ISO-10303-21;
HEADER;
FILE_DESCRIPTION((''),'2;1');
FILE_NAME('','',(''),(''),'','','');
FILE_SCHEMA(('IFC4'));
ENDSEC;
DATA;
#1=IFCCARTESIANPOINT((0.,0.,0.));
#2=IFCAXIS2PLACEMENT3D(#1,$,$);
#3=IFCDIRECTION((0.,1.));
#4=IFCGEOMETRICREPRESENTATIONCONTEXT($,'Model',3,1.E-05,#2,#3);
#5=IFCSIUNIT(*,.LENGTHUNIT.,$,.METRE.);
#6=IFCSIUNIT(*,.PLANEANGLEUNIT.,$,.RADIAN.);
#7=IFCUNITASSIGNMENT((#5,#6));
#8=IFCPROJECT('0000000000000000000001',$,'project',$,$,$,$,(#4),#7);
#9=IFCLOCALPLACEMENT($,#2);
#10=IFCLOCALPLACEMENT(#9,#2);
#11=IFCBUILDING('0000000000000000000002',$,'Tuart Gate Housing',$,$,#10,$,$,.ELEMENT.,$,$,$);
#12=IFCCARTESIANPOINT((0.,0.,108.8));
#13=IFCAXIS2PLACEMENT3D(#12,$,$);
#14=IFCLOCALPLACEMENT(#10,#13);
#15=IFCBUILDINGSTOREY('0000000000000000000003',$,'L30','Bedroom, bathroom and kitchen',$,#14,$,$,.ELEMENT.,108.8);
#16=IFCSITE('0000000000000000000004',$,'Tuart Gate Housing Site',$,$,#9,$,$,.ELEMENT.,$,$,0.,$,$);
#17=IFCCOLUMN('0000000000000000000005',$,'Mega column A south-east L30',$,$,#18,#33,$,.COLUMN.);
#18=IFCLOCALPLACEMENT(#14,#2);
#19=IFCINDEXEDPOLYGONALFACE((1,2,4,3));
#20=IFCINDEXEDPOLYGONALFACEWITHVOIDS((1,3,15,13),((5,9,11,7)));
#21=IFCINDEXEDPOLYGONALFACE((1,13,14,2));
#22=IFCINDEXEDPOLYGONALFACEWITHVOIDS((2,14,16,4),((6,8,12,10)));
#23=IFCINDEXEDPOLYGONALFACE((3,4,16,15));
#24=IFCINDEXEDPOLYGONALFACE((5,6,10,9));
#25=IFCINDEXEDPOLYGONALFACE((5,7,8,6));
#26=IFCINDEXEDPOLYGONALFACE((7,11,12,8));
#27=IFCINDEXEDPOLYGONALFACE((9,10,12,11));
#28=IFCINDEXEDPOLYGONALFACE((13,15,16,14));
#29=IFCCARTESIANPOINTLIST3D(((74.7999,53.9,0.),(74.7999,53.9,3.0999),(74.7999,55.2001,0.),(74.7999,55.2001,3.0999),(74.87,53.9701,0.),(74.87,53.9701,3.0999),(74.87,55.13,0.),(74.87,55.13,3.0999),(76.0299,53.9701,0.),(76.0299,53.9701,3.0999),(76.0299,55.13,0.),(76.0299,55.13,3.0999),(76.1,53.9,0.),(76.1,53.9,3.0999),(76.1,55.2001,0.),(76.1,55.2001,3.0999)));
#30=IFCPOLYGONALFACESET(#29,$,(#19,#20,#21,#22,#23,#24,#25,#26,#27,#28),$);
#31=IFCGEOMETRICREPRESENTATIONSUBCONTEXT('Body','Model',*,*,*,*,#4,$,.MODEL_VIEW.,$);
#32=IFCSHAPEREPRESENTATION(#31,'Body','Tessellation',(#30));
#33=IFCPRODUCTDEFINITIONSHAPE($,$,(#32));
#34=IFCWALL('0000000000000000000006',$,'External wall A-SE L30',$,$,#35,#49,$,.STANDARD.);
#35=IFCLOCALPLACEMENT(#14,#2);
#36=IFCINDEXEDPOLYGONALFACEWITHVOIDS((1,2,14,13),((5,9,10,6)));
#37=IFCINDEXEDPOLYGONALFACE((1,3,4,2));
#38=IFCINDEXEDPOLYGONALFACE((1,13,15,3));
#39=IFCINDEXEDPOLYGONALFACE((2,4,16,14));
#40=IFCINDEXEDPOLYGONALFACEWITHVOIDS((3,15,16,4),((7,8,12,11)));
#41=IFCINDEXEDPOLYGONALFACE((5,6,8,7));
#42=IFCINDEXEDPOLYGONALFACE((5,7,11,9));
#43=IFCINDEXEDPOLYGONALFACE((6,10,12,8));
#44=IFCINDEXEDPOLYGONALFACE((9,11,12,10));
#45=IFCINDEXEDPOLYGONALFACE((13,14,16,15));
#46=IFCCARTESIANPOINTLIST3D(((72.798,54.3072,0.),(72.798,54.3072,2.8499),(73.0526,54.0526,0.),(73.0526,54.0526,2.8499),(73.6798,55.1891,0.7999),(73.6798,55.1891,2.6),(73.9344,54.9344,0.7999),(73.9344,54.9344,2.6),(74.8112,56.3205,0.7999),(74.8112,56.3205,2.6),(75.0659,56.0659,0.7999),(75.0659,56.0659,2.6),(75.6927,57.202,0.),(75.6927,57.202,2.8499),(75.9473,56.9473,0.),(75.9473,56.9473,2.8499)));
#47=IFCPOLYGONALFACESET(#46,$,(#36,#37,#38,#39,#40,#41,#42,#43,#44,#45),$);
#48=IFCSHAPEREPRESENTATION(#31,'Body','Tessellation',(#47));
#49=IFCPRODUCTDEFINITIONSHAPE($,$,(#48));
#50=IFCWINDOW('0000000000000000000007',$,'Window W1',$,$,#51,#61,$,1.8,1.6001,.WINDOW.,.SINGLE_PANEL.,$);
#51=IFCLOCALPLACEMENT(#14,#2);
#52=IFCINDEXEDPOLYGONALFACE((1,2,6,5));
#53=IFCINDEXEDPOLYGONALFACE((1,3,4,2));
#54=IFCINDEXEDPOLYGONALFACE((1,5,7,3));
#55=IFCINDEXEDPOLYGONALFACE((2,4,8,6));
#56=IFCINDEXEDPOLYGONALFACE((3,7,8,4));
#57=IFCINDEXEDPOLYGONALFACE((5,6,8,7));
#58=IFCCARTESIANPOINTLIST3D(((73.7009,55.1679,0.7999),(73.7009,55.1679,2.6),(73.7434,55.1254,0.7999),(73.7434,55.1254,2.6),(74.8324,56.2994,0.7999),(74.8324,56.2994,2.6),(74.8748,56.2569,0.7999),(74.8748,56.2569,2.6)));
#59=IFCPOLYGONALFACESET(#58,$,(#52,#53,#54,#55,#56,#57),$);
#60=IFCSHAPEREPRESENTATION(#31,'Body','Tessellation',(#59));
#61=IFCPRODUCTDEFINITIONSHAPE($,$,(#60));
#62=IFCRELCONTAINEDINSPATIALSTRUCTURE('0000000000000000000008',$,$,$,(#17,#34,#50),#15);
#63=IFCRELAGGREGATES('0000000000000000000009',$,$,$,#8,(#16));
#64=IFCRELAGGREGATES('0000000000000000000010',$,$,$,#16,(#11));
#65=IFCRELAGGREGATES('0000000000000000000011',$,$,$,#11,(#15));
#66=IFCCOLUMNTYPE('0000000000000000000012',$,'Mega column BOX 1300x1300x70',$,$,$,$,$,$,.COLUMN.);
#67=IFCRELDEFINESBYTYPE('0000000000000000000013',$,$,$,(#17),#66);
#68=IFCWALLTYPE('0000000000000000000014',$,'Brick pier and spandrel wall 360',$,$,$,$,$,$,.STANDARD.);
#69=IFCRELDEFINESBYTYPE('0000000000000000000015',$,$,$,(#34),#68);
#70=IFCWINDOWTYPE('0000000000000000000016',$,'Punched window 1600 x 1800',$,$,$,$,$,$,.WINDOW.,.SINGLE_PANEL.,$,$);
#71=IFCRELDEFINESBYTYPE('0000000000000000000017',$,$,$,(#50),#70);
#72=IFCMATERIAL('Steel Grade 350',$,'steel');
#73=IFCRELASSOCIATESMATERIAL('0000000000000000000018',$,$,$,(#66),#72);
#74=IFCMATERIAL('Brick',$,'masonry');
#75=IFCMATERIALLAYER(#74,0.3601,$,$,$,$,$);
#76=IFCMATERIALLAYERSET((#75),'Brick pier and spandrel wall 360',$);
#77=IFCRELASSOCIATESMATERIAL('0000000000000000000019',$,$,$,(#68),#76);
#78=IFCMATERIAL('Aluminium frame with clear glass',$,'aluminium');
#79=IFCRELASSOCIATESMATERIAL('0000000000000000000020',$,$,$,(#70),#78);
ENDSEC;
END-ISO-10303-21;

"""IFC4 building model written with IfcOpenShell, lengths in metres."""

from ifc_helpers import new_model, si_unit, direction, frame, frame_2d, origin, origin_2d, place, context, subcontext, project, spatial, rectangle, hollow_rectangle, extrude, material, layer, layer_set, material_profile, profile_set, type_object, element, fill, save


model = new_model("IFC4")

# Units and contexts
model_context = context("Model", 3, precision=1e-05, world=origin(), true_north=direction((0.0, 1.0)))
body_context = subcontext(model_context, "Body", "Model", "MODEL_VIEW")
ifc_project = project(units=[si_unit("LENGTHUNIT", "METRE"), si_unit("PLANEANGLEUNIT", "RADIAN")], contexts=[model_context])

# Site, building, storey
site_placement = place(None, origin())
site = spatial("IfcSite", under=ifc_project, at=site_placement, Name="Tuart Gate Housing Site", CompositionType="ELEMENT", RefElevation=0.0)
building_placement = place(site_placement, origin())
building = spatial("IfcBuilding", under=site, at=building_placement, Name="Tuart Gate Housing", CompositionType="ELEMENT")
storey_placement = place(building_placement, frame((0.0, 0.0, 108.8)))
storey = spatial("IfcBuildingStorey", under=building, at=storey_placement, Name="L30", Description="Bedroom, bathroom and kitchen", CompositionType="ELEMENT", Elevation=108.8)

# Column
ifc_material_1 = material(Name="Steel Grade 350", Category="steel")
ifc_material_profile = material_profile(ifc_material_1, hollow_rectangle(XDim=1.3, YDim=1.3, WallThickness=0.0701, at=origin_2d()), Name="BOX 1300x1300x70")
ifc_profile_set = profile_set([ifc_material_profile], Name="Steel Grade 350")
column_type = type_object("IfcColumnType", Name="Mega column BOX 1300x1300x70", PredefinedType="COLUMN", material=ifc_profile_set)
column_placement = place(storey_placement, frame((75.45, 54.55, 0.0), z_axis=(0.0, 0.0, 1.0), x_axis=(1.0, 0.0, 0.0)))
element("IfcColumn", 1, at=column_placement, inside=storey, type_object=column_type, Name="Mega column A south-east L30", PredefinedType="COLUMN", context=body_context, shape_type="SweptSolid", body=[
    extrude(hollow_rectangle(XDim=1.3, YDim=1.3, WallThickness=0.0701, at=origin_2d()), origin(), (0.0, 0.0, 1.0), 3.0999),
])

# Wall, opening, window
ifc_material_2 = material(Name="Brick", Category="masonry")
ifc_layer = layer(ifc_material_2, 0.3601)
ifc_layer_set = layer_set([ifc_layer], Name="Brick pier and spandrel wall 360")
wall_type = type_object("IfcWallType", Name="Brick pier and spandrel wall 360", PredefinedType="STANDARD", material=ifc_layer_set)
wall_1_placement = place(storey_placement, frame((72.9253, 54.1799, 0.0), z_axis=(0.0, 0.0, 1.0), x_axis=(0.707107, 0.707107, 0.0)))
wall_1 = element("IfcWall", 2, at=wall_1_placement, inside=storey, type_object=wall_type, Name="External wall A-SE L30", PredefinedType="STANDARD", context=body_context, shape_type="SweptSolid", body=[
    extrude(rectangle(XDim=4.0938, YDim=0.3601, at=frame_2d((2.0469, 0.0))), origin(), (0.0, 0.0, 1.0), 2.8499),
])
opening_1_placement = place(wall_1_placement, frame((1.2471, 0.0, 0.8)))
opening_1 = element("IfcOpeningElement", 3, at=opening_1_placement, cuts=wall_1, PredefinedType="OPENING", context=body_context, shape_type="SweptSolid", body=[
    extrude(rectangle(XDim=1.6001, YDim=1.8, at=frame_2d((0.8, 0.8999))), frame((0.0, 0.1899, 0.0), z_axis=(0.0, -1.0, 0.0), x_axis=(1.0, 0.0, 0.0)), (0.0, 0.0, 1.0), 0.3801),
])
ifc_material_3 = material(Name="Aluminium frame with clear glass", Category="aluminium")
window_type_1 = type_object("IfcWindowType", Name="Punched window 1600 x 1800", PartitioningType="SINGLE_PANEL", PredefinedType="WINDOW", material=ifc_material_3)
window_1_placement = place(opening_1_placement, origin())
window_1 = element("IfcWindow", 4, at=window_1_placement, inside=storey, type_object=window_type_1, Name="Window W1", OverallHeight=1.8, OverallWidth=1.6001, PartitioningType="SINGLE_PANEL", PredefinedType="WINDOW", context=body_context, shape_type="SweptSolid", body=[
    extrude(rectangle(XDim=1.6001, YDim=1.8, at=frame_2d((0.8, 0.8999))), frame((0.0, 0.1501, 0.0), z_axis=(0.0, -1.0, 0.0), x_axis=(1.0, 0.0, 0.0)), (0.0, 0.0, 1.0), 0.0601),
])
fill(opening_1, window_1)

save(model, "model.ifc")
